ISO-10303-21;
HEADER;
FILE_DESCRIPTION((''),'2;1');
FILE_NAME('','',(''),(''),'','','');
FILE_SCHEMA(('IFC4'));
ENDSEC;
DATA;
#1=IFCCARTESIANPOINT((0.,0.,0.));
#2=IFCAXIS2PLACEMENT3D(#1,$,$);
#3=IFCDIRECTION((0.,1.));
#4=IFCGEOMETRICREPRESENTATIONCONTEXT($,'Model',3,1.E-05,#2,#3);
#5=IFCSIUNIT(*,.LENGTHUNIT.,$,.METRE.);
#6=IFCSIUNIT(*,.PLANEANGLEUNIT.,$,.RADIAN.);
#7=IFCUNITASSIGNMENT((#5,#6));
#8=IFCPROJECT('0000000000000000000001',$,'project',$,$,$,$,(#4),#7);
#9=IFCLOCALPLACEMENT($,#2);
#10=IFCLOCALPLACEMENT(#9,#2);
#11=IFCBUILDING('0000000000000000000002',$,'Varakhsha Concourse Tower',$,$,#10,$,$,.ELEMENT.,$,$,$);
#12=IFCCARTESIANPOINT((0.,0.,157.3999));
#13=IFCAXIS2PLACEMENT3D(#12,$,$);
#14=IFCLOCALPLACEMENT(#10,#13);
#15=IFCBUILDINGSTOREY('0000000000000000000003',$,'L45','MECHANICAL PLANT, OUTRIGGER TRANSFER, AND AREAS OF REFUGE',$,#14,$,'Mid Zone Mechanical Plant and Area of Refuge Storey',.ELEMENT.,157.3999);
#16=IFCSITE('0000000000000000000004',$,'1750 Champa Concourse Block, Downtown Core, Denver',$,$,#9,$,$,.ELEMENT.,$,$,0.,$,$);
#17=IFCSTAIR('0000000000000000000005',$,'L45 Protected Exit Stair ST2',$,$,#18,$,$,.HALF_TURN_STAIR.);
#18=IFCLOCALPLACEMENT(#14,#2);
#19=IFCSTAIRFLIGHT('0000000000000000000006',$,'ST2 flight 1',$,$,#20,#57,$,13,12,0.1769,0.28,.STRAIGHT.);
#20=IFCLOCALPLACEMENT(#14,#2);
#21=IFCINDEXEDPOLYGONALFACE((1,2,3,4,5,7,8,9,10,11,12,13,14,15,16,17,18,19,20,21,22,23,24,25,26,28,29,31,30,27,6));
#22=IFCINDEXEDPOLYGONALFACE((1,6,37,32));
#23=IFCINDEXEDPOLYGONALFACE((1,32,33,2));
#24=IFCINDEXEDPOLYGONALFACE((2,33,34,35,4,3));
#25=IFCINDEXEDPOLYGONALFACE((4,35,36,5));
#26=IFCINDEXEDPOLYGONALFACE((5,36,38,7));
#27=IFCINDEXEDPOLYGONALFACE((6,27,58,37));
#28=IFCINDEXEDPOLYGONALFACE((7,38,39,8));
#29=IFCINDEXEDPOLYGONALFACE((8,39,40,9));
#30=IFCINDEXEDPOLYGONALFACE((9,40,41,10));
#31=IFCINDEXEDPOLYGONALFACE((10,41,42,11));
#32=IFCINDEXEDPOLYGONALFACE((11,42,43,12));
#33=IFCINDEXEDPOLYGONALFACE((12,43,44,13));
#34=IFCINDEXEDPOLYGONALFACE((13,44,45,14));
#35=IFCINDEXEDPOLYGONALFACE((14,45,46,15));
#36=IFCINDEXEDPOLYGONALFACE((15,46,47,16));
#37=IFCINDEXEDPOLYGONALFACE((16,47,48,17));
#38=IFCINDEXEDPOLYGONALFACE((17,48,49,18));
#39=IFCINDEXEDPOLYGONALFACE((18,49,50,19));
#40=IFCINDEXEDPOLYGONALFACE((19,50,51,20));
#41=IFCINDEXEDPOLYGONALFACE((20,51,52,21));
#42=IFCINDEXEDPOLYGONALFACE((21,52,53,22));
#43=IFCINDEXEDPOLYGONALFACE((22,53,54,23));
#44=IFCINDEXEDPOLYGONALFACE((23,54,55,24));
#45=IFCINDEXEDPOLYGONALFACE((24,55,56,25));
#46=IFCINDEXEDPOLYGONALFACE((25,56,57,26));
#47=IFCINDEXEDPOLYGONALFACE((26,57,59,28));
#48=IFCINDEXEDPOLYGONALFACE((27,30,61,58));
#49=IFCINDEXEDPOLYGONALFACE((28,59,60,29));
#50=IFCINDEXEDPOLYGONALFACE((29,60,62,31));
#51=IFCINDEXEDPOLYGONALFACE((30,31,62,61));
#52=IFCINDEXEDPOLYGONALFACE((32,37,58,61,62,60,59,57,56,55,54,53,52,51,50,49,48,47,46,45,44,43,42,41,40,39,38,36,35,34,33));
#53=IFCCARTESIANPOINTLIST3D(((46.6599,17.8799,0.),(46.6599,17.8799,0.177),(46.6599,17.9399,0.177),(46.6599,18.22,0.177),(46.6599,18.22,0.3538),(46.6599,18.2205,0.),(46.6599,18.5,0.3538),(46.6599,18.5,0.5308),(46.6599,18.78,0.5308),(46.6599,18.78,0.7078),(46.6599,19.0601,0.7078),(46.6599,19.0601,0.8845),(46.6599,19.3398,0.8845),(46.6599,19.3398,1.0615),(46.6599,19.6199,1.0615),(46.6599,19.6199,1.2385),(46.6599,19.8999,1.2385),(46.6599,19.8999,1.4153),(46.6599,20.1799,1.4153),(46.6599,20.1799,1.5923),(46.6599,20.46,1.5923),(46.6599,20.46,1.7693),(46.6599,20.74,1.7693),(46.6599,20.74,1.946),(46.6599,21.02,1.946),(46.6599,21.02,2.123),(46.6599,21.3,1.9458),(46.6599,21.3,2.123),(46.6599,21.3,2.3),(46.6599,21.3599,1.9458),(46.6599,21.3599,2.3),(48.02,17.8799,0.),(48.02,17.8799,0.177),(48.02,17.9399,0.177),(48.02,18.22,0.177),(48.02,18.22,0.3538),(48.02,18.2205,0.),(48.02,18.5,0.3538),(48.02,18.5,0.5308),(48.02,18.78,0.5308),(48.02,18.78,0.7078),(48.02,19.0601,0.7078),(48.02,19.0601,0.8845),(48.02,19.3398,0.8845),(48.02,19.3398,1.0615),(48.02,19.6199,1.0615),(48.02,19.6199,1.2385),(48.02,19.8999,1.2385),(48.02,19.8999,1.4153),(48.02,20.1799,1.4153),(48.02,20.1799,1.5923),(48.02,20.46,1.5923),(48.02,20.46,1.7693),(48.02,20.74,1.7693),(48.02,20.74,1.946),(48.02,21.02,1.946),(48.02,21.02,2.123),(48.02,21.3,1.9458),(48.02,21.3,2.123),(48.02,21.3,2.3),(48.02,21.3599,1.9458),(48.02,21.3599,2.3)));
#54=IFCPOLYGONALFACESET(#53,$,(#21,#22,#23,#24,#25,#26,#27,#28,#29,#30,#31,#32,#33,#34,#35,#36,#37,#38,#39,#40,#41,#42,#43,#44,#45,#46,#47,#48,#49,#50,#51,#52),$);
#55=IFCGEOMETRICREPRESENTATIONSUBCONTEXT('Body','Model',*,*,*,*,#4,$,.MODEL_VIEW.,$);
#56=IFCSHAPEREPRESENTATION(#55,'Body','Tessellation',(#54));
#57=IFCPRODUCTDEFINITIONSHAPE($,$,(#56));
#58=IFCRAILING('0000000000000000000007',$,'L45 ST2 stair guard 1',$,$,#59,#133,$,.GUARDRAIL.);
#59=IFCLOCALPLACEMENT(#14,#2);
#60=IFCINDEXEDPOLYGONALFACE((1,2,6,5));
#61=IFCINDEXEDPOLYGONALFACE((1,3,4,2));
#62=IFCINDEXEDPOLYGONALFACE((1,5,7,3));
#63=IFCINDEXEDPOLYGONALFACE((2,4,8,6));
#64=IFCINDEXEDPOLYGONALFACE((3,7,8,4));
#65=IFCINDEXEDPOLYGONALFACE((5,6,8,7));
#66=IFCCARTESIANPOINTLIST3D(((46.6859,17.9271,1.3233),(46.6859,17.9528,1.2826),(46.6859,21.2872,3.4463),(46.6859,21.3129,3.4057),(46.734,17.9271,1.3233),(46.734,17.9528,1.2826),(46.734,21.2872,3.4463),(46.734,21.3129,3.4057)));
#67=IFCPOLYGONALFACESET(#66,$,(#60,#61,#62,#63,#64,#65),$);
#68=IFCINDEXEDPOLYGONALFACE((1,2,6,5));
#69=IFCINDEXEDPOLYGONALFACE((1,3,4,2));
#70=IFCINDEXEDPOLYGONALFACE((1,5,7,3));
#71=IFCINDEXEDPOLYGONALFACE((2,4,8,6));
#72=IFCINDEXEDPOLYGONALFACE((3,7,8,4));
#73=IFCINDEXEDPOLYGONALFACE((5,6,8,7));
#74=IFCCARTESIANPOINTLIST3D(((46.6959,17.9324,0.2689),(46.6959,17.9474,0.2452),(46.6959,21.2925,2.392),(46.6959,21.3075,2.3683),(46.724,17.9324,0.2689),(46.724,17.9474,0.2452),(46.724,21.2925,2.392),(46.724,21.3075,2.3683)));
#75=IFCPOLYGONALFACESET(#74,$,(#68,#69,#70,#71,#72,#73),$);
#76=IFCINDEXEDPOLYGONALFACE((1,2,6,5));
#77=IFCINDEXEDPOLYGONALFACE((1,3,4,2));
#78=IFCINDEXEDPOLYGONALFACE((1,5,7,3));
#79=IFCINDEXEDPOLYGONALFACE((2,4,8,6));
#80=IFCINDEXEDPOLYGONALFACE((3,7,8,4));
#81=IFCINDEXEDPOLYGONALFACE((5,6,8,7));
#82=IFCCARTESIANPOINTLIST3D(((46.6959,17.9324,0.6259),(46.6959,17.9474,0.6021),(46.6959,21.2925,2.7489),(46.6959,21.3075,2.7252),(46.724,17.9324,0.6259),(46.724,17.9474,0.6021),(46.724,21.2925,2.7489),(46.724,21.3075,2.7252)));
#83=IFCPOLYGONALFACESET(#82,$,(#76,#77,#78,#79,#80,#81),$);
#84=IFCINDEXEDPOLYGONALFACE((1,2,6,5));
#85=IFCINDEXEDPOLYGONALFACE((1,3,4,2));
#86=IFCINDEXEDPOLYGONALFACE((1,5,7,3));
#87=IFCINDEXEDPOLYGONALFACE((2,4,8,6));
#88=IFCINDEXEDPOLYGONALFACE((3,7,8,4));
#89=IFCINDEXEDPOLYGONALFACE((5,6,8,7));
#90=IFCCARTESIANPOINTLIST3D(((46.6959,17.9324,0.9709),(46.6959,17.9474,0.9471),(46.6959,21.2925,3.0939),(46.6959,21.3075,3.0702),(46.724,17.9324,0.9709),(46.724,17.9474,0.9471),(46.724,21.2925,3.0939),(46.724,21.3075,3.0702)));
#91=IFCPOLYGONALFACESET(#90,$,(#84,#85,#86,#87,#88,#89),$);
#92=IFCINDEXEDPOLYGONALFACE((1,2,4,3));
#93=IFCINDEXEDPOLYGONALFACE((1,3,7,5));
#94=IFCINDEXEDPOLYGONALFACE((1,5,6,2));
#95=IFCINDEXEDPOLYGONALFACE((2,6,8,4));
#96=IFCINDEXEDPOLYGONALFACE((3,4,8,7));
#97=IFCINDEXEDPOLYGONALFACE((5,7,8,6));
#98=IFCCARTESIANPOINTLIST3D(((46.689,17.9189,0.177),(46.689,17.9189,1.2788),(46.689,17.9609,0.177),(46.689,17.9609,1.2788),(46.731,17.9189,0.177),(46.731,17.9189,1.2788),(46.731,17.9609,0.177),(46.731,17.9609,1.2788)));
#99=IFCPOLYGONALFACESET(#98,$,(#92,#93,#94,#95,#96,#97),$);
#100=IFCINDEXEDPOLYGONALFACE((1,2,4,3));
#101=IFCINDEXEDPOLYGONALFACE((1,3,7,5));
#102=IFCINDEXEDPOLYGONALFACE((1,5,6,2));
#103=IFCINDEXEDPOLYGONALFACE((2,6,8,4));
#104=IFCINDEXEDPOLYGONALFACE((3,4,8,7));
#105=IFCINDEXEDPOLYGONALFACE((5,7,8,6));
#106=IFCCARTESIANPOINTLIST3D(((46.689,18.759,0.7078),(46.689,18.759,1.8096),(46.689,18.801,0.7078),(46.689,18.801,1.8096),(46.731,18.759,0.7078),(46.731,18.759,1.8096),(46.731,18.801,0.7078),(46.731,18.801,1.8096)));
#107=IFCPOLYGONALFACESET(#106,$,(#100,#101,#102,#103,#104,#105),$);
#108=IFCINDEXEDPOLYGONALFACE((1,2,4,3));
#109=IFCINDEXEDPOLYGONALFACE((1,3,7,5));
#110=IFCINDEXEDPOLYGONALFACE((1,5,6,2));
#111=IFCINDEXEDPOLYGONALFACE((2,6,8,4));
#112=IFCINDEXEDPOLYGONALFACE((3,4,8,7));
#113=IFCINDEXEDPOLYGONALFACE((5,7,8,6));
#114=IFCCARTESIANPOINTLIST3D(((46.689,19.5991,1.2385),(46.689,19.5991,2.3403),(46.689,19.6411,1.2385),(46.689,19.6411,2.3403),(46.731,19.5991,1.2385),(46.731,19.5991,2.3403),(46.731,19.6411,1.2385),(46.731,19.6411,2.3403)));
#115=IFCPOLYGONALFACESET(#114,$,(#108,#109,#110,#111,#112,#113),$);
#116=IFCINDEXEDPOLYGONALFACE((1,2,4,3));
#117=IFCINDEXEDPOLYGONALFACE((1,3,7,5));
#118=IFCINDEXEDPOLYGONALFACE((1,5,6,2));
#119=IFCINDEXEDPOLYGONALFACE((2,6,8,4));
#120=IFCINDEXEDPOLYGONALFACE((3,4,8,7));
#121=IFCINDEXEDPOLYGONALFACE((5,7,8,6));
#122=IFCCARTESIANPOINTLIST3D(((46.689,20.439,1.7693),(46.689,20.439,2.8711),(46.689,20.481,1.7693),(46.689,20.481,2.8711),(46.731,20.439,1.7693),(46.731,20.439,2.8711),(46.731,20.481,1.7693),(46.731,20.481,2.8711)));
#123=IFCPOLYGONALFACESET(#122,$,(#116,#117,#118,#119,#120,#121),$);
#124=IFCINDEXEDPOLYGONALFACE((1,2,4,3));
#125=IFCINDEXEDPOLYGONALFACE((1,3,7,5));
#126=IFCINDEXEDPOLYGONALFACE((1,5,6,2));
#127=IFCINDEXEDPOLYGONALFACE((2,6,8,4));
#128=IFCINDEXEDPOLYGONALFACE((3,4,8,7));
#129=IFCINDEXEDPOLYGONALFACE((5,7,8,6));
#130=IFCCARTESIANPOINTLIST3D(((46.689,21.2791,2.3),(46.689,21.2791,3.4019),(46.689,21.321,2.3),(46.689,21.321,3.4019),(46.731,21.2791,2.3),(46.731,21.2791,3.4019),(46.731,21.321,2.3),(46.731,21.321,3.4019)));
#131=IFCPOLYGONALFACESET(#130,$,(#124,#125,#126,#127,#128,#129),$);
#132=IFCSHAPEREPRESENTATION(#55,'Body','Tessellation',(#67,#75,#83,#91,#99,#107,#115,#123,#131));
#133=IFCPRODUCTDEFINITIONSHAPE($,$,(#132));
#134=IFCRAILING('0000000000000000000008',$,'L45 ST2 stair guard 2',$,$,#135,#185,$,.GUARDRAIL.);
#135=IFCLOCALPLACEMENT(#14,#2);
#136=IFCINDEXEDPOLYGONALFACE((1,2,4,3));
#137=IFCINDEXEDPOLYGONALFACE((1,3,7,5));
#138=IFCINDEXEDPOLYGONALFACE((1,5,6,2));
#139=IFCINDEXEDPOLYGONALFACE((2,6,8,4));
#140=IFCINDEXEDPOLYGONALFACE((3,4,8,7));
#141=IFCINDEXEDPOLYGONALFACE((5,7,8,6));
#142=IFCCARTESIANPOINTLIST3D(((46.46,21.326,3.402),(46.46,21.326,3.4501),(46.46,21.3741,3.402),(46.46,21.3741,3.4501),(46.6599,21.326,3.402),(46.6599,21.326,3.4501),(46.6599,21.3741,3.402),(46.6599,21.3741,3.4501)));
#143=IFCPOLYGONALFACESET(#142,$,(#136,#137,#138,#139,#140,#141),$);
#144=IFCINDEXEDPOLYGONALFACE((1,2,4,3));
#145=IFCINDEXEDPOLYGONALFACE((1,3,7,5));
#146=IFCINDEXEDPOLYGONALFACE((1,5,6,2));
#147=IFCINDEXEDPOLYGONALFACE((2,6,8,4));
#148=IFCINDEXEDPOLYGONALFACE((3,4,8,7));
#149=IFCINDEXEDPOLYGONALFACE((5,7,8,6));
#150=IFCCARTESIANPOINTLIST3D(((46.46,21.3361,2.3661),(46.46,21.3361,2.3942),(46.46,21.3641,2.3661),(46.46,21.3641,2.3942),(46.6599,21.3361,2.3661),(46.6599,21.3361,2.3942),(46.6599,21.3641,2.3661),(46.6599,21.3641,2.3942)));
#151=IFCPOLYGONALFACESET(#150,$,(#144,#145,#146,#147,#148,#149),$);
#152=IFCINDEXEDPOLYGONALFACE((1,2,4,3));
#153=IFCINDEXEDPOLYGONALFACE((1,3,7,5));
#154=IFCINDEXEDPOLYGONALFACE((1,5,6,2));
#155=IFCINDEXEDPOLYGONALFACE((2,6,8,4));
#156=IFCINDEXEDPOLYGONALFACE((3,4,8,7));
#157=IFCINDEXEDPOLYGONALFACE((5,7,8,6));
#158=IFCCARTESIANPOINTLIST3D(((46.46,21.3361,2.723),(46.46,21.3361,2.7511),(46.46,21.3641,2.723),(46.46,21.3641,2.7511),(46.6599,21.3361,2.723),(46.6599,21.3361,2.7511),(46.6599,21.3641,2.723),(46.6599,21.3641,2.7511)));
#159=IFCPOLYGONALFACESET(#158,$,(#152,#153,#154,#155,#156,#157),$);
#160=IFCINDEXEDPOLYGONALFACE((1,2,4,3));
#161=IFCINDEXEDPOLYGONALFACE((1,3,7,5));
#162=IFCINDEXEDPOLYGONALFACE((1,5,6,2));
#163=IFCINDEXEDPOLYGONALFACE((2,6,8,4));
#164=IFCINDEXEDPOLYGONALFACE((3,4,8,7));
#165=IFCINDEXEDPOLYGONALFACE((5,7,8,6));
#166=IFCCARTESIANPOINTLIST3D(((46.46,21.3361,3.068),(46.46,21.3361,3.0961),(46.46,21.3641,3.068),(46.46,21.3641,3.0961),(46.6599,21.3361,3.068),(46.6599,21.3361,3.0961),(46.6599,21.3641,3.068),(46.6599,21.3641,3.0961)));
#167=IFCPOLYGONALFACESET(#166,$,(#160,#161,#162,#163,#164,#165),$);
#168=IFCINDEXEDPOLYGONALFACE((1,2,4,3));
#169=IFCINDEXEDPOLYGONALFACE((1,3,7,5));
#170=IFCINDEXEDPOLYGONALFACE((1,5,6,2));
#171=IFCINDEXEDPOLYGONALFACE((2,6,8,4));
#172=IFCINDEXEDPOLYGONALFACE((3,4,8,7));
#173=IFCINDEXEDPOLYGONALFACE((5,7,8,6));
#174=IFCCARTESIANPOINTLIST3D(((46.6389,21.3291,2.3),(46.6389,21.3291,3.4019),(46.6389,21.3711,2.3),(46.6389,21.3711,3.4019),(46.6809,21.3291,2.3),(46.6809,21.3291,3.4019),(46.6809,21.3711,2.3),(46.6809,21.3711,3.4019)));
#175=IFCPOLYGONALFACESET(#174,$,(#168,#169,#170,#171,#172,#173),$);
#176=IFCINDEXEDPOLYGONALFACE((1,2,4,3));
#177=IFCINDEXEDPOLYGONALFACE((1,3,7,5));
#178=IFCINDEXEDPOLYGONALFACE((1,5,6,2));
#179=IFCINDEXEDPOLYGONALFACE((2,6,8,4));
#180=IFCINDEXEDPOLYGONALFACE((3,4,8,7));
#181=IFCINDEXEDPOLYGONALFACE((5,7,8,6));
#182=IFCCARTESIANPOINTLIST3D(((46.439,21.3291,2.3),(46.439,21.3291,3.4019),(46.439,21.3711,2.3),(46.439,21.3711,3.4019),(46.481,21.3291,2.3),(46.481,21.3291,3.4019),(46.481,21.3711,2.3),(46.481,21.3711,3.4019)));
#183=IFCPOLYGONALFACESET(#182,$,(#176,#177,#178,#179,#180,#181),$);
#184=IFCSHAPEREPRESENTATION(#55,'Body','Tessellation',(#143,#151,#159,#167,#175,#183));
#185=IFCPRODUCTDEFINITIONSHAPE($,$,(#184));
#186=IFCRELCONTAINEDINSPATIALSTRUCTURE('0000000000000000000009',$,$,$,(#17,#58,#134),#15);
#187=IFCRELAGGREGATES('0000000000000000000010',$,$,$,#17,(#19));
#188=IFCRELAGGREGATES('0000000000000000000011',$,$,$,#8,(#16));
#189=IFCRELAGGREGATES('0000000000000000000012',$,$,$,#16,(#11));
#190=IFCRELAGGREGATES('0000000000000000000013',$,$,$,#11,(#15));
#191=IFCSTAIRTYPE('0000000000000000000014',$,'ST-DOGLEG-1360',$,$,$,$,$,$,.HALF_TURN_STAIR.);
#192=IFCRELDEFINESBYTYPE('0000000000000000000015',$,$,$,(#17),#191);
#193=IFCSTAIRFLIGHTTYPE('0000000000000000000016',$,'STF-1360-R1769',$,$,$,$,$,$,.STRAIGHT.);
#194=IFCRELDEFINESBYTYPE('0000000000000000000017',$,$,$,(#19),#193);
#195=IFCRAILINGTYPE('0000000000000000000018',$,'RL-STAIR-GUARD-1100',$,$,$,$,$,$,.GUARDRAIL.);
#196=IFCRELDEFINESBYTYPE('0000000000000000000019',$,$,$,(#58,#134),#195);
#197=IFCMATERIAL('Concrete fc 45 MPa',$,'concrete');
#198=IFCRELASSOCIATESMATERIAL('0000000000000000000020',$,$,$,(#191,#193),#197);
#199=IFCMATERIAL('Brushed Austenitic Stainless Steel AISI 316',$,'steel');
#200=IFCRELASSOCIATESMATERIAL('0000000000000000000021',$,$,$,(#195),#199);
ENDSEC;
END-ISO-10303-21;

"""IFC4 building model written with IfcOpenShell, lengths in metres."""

from ifc_helpers import new_model, si_unit, direction, frame, origin, origin_2d, place, context, subcontext, project, spatial, polyline, rectangle, outline, extrude, material, type_object, element, aggregate, save


model = new_model("IFC4")

# Units and contexts
model_context = context("Model", 3, precision=1e-05, world=origin(), true_north=direction((0.0, 1.0)))
body_context = subcontext(model_context, "Body", "Model", "MODEL_VIEW")
ifc_project = project(units=[si_unit("LENGTHUNIT", "METRE"), si_unit("PLANEANGLEUNIT", "RADIAN")], contexts=[model_context])

# Site, building, storey
site_placement = place(None, origin())
site = spatial("IfcSite", under=ifc_project, at=site_placement, Name="1750 Champa Concourse Block, Downtown Core, Denver", CompositionType="ELEMENT", RefElevation=0.0)
building_placement = place(site_placement, origin())
building = spatial("IfcBuilding", under=site, at=building_placement, Name="Varakhsha Concourse Tower", CompositionType="ELEMENT")
storey_placement = place(building_placement, frame((0.0, 0.0, 157.3999)))
storey = spatial("IfcBuildingStorey", under=building, at=storey_placement, Name="L45", Description="MECHANICAL PLANT, OUTRIGGER TRANSFER, AND AREAS OF REFUGE", LongName="Mid Zone Mechanical Plant and Area of Refuge Storey", CompositionType="ELEMENT", Elevation=157.3999)

# Stair, stair flight
ifc_material_1 = material(Name="Concrete fc 45 MPa", Category="concrete")
stair_type = type_object("IfcStairType", Name="ST-DOGLEG-1360", PredefinedType="HALF_TURN_STAIR", material=ifc_material_1)
stair_placement = place(storey_placement, origin())
stair = element("IfcStair", 1, at=stair_placement, inside=storey, type_object=stair_type, Name="L45 Protected Exit Stair ST2", PredefinedType="HALF_TURN_STAIR")
stair_flight_type = type_object("IfcStairFlightType", Name="STF-1360-R1769", PredefinedType="STRAIGHT", material=ifc_material_1)
stair_flight_placement = place(storey_placement, frame((47.3401, 17.9399, 0.0), z_axis=(0.0, 0.0, 1.0), x_axis=(0.0, 1.0, 0.0)))
stair_flight = element("IfcStairFlight", 2, at=stair_flight_placement, type_object=stair_flight_type, Name="ST2 flight 1", NumberOfRisers=13, NumberOfTreads=12, PredefinedType="STRAIGHT", RiserHeight=0.1769, TreadLength=0.28, context=body_context, shape_type="SweptSolid", body=[
    extrude(outline(polyline([(-0.0601, 0.0), (-0.0601, 0.177), (0.0, 0.177), (0.28, 0.177), (0.28, 0.3538), (0.5601, 0.3538), (0.5601, 0.5308), (0.8401, 0.5308), (0.8401, 0.7078), (1.1201, 0.7078), (1.1201, 0.8845), (1.3999, 0.8845), (1.3999, 1.0615), (1.6799, 1.0615), (1.6799, 1.2385), (1.96, 1.2385), (1.96, 1.4153), (2.24, 1.4153), (2.24, 1.5923), (2.52, 1.5923), (2.52, 1.7693), (2.8, 1.7693), (2.8, 1.946), (3.0801, 1.946), (3.0801, 2.123), (3.3601, 2.123), (3.3601, 2.3), (3.4199, 2.3), (3.4199, 1.9458), (3.3601, 1.9458), (0.2805, 0.0), (-0.0601, 0.0)])), frame((0.0, 0.6802, 0.0), z_axis=(0.0, -1.0, 0.0), x_axis=(1.0, 0.0, 0.0)), (0.0, 0.0, 1.0), 1.3601),
])
aggregate(stair, [stair_flight])

# Railings
ifc_material_2 = material(Name="Brushed Austenitic Stainless Steel AISI 316", Category="steel")
railing_type_1 = type_object("IfcRailingType", Name="RL-STAIR-GUARD-1100", PredefinedType="GUARDRAIL", material=ifc_material_2)
railing_1_placement = place(storey_placement, frame((46.71, 17.9399, 0.177)))
element("IfcRailing", 3, at=railing_1_placement, inside=storey, type_object=railing_type_1, Name="L45 ST2 stair guard 1", PredefinedType="GUARDRAIL", context=body_context, shape_type="SweptSolid", body=[
    extrude(rectangle(XDim=0.0481, YDim=0.0481, at=origin_2d()), frame((0.0, 0.0, 1.126), z_axis=(0.0, 0.84539, 0.53415), x_axis=(-1.0, 0.0, 0.0)), (0.0, 0.0, 1.0), 3.9746),
    extrude(rectangle(XDim=0.0281, YDim=0.0281, at=origin_2d()), frame((0.0, 0.0, 0.0801), z_axis=(0.0, 0.84539, 0.53415), x_axis=(-1.0, 0.0, 0.0)), (0.0, 0.0, 1.0), 3.9746),
    extrude(rectangle(XDim=0.0281, YDim=0.0281, at=origin_2d()), frame((0.0, 0.0, 0.437), z_axis=(0.0, 0.84539, 0.53415), x_axis=(-1.0, 0.0, 0.0)), (0.0, 0.0, 1.0), 3.9746),
    extrude(rectangle(XDim=0.0281, YDim=0.0281, at=origin_2d()), frame((0.0, 0.0, 0.782), z_axis=(0.0, 0.84539, 0.53415), x_axis=(-1.0, 0.0, 0.0)), (0.0, 0.0, 1.0), 3.9746),
    extrude(rectangle(XDim=0.042, YDim=0.042, at=origin_2d()), origin(), (0.0, 0.0, 1.0), 1.1018),
    extrude(rectangle(XDim=0.042, YDim=0.042, at=origin_2d()), frame((0.0, 0.8401, 0.5308)), (0.0, 0.0, 1.0), 1.1018),
    extrude(rectangle(XDim=0.042, YDim=0.042, at=origin_2d()), frame((0.0, 1.6802, 1.0615)), (0.0, 0.0, 1.0), 1.1018),
    extrude(rectangle(XDim=0.042, YDim=0.042, at=origin_2d()), frame((0.0, 2.52, 1.5923)), (0.0, 0.0, 1.0), 1.1018),
    extrude(rectangle(XDim=0.042, YDim=0.042, at=origin_2d()), frame((0.0, 3.3601, 2.123)), (0.0, 0.0, 1.0), 1.1018),
])
for number, where, name in (
    (4, (46.6599, 21.3501, 2.3), "L45 ST2 stair guard 2"),
):
    element("IfcRailing", number, at=place(storey_placement, frame(where)), inside=storey, type_object=railing_type_1, Name=name, PredefinedType="GUARDRAIL", context=body_context, shape_type="SweptSolid", body=[
        extrude(rectangle(XDim=0.0481, YDim=0.0481, at=origin_2d()), frame((0.0, 0.0, 1.126), z_axis=(-1.0, 0.0, 0.0), x_axis=(0.0, -1.0, 0.0)), (0.0, 0.0, 1.0), 0.2),
        extrude(rectangle(XDim=0.0281, YDim=0.0281, at=origin_2d()), frame((0.0, 0.0, 0.0801), z_axis=(-1.0, 0.0, 0.0), x_axis=(0.0, -1.0, 0.0)), (0.0, 0.0, 1.0), 0.2),
        extrude(rectangle(XDim=0.0281, YDim=0.0281, at=origin_2d()), frame((0.0, 0.0, 0.437), z_axis=(-1.0, 0.0, 0.0), x_axis=(0.0, -1.0, 0.0)), (0.0, 0.0, 1.0), 0.2),
        extrude(rectangle(XDim=0.0281, YDim=0.0281, at=origin_2d()), frame((0.0, 0.0, 0.782), z_axis=(-1.0, 0.0, 0.0), x_axis=(0.0, -1.0, 0.0)), (0.0, 0.0, 1.0), 0.2),
        extrude(rectangle(XDim=0.042, YDim=0.042, at=origin_2d()), origin(), (0.0, 0.0, 1.0), 1.1018),
        extrude(rectangle(XDim=0.042, YDim=0.042, at=origin_2d()), frame((-0.2, 0.0, 0.0)), (0.0, 0.0, 1.0), 1.1018),
    ])

save(model, "model.ifc")
